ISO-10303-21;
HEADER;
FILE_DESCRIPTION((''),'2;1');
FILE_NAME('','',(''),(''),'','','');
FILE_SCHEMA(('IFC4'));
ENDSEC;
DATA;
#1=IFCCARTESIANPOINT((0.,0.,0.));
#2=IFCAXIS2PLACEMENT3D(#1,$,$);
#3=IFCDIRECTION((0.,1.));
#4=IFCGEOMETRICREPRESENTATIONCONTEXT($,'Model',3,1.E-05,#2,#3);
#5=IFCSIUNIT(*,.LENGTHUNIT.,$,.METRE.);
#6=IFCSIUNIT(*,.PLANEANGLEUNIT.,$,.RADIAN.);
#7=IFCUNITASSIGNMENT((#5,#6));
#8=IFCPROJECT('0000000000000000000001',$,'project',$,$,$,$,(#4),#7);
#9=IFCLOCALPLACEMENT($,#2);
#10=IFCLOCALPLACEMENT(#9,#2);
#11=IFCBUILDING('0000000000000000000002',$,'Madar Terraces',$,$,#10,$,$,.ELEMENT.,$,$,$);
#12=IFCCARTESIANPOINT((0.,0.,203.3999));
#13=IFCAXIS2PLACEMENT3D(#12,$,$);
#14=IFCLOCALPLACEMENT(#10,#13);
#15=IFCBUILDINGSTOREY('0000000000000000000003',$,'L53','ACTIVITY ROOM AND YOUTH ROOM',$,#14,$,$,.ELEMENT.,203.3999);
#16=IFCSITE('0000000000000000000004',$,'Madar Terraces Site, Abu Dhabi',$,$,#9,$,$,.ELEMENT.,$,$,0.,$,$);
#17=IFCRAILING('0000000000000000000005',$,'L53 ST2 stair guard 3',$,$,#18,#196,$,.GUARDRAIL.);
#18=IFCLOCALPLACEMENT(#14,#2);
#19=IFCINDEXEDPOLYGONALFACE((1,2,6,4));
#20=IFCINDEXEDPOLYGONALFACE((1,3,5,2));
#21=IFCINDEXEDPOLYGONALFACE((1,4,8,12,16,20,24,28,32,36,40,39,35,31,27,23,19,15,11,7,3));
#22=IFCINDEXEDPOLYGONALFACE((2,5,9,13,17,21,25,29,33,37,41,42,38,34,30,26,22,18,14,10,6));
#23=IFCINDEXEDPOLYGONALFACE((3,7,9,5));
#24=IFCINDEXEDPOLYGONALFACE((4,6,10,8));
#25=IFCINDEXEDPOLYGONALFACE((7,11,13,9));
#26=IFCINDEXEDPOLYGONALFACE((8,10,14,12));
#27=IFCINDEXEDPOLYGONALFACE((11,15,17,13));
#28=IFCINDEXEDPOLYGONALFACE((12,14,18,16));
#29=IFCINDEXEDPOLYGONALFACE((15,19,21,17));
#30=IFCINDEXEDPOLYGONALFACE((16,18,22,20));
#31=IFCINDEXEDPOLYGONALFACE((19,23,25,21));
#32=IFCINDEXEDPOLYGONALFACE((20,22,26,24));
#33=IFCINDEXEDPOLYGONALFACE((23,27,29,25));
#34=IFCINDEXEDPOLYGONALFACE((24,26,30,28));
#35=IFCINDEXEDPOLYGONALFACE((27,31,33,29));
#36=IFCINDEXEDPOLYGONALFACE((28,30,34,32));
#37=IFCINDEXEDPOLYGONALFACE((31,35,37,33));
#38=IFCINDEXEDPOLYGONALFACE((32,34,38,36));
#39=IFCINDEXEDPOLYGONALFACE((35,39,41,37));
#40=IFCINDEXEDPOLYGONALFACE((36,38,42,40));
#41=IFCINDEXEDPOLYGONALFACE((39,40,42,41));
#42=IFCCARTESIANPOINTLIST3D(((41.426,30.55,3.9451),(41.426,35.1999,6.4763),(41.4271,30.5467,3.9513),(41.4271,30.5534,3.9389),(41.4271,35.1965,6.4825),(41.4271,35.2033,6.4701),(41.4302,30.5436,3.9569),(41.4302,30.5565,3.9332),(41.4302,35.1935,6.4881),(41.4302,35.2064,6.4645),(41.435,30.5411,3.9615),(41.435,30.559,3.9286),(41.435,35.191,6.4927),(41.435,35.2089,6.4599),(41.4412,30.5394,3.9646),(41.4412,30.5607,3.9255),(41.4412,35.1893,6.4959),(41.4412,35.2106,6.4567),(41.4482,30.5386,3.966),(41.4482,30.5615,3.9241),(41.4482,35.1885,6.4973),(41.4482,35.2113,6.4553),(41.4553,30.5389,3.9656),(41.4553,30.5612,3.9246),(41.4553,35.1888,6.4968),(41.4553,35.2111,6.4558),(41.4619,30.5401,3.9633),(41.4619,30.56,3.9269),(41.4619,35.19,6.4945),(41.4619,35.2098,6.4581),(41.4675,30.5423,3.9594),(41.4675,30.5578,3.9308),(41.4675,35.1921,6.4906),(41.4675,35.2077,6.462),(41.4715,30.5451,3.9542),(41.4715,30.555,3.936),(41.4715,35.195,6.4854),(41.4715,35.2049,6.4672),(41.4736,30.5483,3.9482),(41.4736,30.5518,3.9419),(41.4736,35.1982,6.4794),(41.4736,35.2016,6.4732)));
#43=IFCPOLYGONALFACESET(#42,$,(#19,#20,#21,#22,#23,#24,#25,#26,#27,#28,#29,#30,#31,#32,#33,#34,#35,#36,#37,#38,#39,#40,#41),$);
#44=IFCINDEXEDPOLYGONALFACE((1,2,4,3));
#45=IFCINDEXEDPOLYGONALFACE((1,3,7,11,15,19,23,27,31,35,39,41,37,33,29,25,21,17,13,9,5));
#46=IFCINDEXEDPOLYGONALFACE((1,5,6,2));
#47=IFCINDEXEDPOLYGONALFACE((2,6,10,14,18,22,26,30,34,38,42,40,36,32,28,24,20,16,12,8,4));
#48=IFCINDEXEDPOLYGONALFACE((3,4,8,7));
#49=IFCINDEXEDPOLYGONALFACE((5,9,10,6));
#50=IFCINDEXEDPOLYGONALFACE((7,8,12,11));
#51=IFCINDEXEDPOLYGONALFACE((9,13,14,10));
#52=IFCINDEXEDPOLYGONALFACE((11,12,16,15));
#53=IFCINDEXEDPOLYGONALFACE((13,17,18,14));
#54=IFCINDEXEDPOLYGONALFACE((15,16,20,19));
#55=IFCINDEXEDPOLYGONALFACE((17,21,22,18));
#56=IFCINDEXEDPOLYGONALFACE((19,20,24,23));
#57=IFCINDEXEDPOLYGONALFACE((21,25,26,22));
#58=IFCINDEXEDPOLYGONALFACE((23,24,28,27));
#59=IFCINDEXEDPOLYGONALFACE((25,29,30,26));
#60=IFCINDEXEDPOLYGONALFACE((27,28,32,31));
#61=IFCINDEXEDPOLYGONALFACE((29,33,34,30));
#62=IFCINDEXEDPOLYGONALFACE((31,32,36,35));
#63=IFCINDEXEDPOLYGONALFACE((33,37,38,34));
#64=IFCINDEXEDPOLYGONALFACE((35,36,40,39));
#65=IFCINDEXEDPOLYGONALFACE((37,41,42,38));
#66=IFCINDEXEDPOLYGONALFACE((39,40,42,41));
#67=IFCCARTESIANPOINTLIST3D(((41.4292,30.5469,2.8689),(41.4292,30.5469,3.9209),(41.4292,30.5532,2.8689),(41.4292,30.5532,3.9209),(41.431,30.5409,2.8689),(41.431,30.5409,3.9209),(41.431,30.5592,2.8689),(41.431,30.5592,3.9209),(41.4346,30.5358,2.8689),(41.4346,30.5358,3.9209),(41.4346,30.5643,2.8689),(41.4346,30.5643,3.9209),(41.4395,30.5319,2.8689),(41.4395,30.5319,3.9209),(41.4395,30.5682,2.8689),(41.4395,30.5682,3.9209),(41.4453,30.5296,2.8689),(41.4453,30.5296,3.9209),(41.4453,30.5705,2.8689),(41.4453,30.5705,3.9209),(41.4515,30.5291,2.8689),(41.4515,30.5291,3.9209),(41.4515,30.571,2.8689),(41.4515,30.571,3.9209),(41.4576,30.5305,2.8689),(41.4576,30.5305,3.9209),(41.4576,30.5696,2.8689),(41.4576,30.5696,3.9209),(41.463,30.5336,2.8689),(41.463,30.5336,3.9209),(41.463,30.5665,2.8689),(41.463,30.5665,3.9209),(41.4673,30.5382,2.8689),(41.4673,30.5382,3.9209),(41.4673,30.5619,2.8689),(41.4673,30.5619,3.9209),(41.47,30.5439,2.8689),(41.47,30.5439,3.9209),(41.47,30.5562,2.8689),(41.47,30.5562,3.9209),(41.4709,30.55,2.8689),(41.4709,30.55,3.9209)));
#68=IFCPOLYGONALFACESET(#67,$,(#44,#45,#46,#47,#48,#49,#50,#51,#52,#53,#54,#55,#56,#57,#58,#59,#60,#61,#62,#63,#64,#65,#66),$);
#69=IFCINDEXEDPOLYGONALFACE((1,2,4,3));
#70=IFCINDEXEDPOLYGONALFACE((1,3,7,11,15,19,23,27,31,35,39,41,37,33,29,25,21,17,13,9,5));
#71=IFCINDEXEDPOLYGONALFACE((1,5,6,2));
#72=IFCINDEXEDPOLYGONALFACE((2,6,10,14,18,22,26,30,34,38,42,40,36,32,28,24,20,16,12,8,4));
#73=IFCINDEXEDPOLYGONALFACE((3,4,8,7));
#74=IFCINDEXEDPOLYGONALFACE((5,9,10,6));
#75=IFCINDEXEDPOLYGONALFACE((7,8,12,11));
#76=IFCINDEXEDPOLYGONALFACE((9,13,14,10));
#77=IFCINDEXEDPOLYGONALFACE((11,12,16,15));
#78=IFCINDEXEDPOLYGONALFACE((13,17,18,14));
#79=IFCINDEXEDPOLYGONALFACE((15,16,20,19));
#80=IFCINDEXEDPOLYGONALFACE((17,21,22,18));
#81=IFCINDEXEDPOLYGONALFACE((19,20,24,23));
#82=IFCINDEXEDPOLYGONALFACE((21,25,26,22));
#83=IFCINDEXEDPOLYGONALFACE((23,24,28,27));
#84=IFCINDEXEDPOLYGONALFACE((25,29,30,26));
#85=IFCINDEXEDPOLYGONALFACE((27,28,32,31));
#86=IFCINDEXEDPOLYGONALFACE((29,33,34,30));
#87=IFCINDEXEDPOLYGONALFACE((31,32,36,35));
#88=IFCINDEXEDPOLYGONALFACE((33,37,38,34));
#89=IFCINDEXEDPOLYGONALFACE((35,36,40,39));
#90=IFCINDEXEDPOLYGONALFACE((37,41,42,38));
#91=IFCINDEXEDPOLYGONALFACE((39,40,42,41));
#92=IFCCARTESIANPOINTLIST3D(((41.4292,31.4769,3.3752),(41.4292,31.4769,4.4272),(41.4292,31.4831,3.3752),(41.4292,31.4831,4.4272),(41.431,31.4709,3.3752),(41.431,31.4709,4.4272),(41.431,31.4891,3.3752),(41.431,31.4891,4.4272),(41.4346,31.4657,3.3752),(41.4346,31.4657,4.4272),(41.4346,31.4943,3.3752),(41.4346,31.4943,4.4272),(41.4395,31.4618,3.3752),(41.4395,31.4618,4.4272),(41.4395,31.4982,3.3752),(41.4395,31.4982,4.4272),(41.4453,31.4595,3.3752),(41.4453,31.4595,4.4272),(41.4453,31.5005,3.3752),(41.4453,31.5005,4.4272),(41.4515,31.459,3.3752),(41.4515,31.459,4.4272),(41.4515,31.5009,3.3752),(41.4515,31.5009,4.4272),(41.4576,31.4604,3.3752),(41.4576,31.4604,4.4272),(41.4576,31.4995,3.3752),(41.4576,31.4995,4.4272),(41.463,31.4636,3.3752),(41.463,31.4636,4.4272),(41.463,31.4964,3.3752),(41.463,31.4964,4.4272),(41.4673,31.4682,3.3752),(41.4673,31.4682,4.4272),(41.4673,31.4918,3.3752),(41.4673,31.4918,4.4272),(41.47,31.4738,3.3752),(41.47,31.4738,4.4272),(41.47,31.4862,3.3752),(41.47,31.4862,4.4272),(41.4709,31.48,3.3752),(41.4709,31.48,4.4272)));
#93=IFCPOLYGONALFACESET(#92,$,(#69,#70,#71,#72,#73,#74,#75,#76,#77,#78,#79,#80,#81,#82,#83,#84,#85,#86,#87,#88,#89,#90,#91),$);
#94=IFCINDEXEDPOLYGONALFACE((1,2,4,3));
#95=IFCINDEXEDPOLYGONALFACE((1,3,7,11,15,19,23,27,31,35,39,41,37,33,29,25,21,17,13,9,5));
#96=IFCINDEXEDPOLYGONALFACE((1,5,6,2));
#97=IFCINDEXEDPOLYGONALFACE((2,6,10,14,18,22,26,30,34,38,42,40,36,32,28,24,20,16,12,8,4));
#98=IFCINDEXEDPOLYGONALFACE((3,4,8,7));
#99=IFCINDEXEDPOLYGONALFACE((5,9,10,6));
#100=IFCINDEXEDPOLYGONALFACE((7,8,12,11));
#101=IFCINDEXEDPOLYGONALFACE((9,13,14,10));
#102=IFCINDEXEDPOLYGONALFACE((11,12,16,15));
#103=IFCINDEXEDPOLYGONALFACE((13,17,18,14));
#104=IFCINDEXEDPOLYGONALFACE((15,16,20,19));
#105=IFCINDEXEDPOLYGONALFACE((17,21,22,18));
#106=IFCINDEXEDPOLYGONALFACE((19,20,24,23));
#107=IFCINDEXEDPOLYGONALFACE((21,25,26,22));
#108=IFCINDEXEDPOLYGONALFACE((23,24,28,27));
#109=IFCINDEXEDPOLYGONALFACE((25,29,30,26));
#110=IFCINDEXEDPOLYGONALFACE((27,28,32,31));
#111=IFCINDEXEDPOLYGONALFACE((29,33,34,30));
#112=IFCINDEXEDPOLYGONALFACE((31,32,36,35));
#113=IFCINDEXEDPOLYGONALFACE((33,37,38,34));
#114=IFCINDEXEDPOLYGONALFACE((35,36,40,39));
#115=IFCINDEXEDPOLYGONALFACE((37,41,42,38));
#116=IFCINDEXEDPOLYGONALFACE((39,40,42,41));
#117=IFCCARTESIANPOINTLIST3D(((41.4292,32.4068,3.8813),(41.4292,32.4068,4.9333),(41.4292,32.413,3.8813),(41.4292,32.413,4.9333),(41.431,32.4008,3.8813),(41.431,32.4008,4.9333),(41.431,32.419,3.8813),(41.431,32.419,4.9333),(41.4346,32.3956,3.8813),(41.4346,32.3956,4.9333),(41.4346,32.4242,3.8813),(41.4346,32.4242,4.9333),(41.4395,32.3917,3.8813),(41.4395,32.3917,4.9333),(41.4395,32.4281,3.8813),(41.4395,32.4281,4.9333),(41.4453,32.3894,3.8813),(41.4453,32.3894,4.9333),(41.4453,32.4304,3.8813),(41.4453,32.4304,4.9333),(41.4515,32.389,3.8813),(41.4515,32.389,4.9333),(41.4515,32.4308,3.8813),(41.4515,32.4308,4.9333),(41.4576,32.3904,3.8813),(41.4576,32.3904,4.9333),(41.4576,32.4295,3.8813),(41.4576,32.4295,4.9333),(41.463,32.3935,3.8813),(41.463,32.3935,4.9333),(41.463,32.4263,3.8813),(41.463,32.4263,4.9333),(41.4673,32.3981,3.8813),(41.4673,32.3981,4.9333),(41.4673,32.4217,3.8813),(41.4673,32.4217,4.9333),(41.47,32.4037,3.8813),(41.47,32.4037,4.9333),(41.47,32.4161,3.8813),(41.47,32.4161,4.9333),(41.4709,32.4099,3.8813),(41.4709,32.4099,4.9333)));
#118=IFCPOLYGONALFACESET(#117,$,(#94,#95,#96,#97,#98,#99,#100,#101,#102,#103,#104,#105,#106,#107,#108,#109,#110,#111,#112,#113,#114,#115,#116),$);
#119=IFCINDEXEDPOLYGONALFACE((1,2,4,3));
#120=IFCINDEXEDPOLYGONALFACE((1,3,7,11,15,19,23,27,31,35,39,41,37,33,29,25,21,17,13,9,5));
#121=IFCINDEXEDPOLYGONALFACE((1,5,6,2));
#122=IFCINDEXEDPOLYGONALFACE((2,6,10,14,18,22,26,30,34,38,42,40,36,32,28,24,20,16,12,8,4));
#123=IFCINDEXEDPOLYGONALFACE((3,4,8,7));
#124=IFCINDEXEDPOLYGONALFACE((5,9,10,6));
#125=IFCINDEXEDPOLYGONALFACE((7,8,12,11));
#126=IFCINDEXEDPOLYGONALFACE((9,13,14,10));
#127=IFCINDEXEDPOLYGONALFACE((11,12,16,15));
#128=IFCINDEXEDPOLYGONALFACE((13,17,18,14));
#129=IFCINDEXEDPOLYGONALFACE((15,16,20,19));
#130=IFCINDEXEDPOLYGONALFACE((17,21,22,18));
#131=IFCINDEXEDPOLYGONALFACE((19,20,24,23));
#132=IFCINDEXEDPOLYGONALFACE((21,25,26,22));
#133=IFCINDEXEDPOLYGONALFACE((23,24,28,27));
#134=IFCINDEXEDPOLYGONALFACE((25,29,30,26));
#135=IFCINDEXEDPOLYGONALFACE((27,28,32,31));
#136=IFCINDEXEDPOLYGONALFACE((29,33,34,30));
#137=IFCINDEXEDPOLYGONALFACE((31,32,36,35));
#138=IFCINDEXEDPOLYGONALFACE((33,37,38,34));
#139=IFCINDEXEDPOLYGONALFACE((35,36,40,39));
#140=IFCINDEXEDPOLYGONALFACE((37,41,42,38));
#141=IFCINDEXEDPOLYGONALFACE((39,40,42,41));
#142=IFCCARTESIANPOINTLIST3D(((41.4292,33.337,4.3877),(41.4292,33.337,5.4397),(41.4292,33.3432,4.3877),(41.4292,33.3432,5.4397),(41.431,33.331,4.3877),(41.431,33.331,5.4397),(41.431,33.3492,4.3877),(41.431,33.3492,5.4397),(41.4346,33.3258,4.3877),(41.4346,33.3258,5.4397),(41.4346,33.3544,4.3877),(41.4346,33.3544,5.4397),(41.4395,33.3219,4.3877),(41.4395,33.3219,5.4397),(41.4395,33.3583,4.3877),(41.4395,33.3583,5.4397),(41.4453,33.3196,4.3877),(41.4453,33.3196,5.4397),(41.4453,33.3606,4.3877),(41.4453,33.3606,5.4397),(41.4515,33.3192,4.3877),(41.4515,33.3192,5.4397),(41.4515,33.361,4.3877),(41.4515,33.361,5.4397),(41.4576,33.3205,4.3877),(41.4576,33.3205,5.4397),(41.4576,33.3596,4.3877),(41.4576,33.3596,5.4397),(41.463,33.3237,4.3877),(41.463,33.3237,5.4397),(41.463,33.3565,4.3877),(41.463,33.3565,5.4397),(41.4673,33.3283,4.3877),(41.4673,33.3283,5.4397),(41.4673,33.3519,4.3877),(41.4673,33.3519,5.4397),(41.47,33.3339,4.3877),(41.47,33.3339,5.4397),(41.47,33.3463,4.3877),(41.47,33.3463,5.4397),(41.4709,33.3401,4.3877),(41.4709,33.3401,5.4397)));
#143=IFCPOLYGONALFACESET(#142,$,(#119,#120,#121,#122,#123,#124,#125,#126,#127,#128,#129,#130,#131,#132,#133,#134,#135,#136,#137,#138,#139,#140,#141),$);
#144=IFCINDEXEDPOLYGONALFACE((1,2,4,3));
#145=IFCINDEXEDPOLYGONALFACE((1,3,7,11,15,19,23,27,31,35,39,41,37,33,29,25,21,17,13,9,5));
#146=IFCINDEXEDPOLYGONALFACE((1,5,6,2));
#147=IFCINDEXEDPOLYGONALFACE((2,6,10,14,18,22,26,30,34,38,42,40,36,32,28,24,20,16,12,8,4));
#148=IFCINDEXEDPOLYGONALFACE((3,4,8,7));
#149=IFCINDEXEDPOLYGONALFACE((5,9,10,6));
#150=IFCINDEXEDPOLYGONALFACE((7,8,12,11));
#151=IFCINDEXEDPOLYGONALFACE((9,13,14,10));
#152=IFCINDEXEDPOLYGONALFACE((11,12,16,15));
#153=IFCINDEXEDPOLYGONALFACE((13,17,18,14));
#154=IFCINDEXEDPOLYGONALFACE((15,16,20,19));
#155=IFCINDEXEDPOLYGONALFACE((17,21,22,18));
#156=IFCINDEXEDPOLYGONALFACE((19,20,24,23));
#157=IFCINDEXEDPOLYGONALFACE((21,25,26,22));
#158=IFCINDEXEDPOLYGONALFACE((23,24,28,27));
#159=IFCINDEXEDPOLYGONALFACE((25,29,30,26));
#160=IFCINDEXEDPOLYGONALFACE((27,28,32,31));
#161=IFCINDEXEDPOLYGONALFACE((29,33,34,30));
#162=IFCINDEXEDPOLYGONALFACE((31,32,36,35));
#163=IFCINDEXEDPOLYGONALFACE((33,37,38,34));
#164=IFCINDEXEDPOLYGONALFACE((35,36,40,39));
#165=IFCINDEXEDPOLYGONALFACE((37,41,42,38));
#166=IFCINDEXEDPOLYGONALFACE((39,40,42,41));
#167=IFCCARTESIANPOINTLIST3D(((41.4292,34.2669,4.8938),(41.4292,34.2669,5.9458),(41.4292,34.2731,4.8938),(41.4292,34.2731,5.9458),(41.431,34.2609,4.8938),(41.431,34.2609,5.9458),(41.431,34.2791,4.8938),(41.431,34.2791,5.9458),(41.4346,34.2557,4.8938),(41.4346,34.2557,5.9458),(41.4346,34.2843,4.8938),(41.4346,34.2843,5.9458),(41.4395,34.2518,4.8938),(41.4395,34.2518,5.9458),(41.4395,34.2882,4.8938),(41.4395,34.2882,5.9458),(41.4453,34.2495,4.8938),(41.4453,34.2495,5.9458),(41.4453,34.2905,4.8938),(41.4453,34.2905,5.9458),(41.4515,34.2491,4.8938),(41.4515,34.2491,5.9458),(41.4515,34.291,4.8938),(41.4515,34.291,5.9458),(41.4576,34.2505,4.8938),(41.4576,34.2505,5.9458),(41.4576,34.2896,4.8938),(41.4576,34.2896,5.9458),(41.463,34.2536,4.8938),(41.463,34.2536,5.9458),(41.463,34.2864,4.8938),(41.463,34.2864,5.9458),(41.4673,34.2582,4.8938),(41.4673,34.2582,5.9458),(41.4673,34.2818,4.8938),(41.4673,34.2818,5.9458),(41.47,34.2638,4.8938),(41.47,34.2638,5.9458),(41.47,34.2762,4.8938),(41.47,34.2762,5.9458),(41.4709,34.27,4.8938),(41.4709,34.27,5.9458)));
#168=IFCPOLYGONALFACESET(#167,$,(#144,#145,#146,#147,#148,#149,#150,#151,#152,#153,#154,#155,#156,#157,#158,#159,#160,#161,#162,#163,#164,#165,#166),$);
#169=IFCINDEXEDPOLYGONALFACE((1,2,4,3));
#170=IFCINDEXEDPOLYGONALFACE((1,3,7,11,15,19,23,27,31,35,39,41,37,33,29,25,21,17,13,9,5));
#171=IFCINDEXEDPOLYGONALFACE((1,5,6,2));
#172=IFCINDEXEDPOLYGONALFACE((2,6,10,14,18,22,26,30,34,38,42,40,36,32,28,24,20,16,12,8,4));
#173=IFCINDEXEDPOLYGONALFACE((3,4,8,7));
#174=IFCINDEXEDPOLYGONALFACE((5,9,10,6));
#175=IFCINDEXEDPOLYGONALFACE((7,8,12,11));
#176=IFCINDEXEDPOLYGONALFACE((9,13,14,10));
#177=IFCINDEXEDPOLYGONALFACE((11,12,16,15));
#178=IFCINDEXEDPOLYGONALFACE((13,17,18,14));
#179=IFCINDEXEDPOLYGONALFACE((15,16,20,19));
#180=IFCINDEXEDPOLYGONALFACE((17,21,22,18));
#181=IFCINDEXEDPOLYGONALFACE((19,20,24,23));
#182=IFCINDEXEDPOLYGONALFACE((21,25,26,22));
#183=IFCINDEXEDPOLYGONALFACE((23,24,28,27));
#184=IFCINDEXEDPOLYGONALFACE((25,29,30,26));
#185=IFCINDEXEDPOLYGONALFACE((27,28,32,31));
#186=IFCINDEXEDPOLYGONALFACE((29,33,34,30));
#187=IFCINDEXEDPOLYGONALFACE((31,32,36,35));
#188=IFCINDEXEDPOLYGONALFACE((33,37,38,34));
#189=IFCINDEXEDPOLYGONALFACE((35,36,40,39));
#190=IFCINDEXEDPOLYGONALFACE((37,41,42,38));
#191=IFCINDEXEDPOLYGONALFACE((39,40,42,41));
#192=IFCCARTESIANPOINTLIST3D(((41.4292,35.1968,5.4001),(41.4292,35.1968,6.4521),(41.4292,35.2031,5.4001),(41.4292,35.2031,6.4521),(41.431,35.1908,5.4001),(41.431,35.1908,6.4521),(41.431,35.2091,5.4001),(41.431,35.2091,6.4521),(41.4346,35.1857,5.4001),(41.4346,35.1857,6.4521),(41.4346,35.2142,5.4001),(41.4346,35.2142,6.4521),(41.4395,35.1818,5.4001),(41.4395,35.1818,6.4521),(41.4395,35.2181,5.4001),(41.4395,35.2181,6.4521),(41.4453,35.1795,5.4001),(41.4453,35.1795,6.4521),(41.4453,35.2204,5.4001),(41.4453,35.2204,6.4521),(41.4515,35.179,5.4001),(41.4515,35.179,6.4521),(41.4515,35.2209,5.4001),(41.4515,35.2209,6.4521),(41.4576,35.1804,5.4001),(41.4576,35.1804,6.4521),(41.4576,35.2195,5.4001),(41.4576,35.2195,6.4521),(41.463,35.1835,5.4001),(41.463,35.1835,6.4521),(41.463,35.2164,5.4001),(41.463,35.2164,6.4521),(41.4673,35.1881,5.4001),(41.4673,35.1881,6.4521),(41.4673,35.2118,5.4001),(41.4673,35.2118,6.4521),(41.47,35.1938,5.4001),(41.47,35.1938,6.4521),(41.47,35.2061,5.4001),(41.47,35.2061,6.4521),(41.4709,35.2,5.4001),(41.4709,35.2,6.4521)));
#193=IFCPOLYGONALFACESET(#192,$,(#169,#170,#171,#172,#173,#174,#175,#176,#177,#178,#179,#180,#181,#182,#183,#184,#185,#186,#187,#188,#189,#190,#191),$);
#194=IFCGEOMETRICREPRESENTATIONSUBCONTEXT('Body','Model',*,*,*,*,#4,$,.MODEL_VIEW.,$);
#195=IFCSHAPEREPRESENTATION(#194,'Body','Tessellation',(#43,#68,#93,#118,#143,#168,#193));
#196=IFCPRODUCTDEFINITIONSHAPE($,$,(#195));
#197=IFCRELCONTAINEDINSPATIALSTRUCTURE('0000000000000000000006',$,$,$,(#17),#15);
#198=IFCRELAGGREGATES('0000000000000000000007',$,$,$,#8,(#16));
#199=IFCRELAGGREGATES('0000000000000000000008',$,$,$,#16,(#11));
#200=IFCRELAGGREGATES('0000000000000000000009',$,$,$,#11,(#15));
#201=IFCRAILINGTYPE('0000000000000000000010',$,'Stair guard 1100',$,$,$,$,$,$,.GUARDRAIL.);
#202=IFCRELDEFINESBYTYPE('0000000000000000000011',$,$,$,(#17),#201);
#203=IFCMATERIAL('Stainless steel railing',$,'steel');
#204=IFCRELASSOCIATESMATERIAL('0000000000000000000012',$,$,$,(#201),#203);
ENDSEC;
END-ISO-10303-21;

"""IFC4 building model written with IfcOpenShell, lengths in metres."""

from ifc_helpers import new_model, si_unit, direction, frame, origin, origin_2d, place, context, subcontext, project, spatial, circle, extrude, material, type_object, element, save


model = new_model("IFC4")

# Units and contexts
model_context = context("Model", 3, precision=1e-05, world=origin(), true_north=direction((0.0, 1.0)))
body_context = subcontext(model_context, "Body", "Model", "MODEL_VIEW")
ifc_project = project(units=[si_unit("LENGTHUNIT", "METRE"), si_unit("PLANEANGLEUNIT", "RADIAN")], contexts=[model_context])

# Site, building, storey
site_placement = place(None, origin())
site = spatial("IfcSite", under=ifc_project, at=site_placement, Name="Madar Terraces Site, Abu Dhabi", CompositionType="ELEMENT", RefElevation=0.0)
building_placement = place(site_placement, origin())
building = spatial("IfcBuilding", under=site, at=building_placement, Name="Madar Terraces", CompositionType="ELEMENT")
storey_placement = place(building_placement, frame((0.0, 0.0, 203.3999)))
storey = spatial("IfcBuildingStorey", under=building, at=storey_placement, Name="L53", Description="ACTIVITY ROOM AND YOUTH ROOM", CompositionType="ELEMENT", Elevation=203.3999)

# Railing
ifc_material_1 = material(Name="Stainless steel railing", Category="steel")
railing_type_1 = type_object("IfcRailingType", Name="Stair guard 1100", PredefinedType="GUARDRAIL", material=ifc_material_1)
railing_1_placement = place(storey_placement, frame((41.45, 30.55, 2.8689)))
element("IfcRailing", 1, at=railing_1_placement, inside=storey, type_object=railing_type_1, Name="L53 ST2 stair guard 3", PredefinedType="GUARDRAIL", context=body_context, shape_type="SweptSolid", body=[
    extrude(circle(Radius=0.0239, at=origin_2d()), frame((0.0, 0.0, 1.0762), z_axis=(0.0, 0.878297, 0.478115), x_axis=(-1.0, 0.0, 0.0)), (0.0, 0.0, 1.0), 5.2942),
    extrude(circle(Radius=0.021, at=origin_2d()), origin(), (0.0, 0.0, 1.0), 1.052),
    extrude(circle(Radius=0.021, at=origin_2d()), frame((0.0, 0.9299, 0.5063)), (0.0, 0.0, 1.0), 1.052),
    extrude(circle(Radius=0.021, at=origin_2d()), frame((0.0, 1.8599, 1.0125)), (0.0, 0.0, 1.0), 1.052),
    extrude(circle(Radius=0.021, at=origin_2d()), frame((0.0, 2.79, 1.5188)), (0.0, 0.0, 1.0), 1.052),
    extrude(circle(Radius=0.021, at=origin_2d()), frame((0.0, 3.72, 2.0249)), (0.0, 0.0, 1.0), 1.052),
    extrude(circle(Radius=0.021, at=origin_2d()), frame((0.0, 4.6499, 2.5312)), (0.0, 0.0, 1.0), 1.052),
])

save(model, "model.ifc")
